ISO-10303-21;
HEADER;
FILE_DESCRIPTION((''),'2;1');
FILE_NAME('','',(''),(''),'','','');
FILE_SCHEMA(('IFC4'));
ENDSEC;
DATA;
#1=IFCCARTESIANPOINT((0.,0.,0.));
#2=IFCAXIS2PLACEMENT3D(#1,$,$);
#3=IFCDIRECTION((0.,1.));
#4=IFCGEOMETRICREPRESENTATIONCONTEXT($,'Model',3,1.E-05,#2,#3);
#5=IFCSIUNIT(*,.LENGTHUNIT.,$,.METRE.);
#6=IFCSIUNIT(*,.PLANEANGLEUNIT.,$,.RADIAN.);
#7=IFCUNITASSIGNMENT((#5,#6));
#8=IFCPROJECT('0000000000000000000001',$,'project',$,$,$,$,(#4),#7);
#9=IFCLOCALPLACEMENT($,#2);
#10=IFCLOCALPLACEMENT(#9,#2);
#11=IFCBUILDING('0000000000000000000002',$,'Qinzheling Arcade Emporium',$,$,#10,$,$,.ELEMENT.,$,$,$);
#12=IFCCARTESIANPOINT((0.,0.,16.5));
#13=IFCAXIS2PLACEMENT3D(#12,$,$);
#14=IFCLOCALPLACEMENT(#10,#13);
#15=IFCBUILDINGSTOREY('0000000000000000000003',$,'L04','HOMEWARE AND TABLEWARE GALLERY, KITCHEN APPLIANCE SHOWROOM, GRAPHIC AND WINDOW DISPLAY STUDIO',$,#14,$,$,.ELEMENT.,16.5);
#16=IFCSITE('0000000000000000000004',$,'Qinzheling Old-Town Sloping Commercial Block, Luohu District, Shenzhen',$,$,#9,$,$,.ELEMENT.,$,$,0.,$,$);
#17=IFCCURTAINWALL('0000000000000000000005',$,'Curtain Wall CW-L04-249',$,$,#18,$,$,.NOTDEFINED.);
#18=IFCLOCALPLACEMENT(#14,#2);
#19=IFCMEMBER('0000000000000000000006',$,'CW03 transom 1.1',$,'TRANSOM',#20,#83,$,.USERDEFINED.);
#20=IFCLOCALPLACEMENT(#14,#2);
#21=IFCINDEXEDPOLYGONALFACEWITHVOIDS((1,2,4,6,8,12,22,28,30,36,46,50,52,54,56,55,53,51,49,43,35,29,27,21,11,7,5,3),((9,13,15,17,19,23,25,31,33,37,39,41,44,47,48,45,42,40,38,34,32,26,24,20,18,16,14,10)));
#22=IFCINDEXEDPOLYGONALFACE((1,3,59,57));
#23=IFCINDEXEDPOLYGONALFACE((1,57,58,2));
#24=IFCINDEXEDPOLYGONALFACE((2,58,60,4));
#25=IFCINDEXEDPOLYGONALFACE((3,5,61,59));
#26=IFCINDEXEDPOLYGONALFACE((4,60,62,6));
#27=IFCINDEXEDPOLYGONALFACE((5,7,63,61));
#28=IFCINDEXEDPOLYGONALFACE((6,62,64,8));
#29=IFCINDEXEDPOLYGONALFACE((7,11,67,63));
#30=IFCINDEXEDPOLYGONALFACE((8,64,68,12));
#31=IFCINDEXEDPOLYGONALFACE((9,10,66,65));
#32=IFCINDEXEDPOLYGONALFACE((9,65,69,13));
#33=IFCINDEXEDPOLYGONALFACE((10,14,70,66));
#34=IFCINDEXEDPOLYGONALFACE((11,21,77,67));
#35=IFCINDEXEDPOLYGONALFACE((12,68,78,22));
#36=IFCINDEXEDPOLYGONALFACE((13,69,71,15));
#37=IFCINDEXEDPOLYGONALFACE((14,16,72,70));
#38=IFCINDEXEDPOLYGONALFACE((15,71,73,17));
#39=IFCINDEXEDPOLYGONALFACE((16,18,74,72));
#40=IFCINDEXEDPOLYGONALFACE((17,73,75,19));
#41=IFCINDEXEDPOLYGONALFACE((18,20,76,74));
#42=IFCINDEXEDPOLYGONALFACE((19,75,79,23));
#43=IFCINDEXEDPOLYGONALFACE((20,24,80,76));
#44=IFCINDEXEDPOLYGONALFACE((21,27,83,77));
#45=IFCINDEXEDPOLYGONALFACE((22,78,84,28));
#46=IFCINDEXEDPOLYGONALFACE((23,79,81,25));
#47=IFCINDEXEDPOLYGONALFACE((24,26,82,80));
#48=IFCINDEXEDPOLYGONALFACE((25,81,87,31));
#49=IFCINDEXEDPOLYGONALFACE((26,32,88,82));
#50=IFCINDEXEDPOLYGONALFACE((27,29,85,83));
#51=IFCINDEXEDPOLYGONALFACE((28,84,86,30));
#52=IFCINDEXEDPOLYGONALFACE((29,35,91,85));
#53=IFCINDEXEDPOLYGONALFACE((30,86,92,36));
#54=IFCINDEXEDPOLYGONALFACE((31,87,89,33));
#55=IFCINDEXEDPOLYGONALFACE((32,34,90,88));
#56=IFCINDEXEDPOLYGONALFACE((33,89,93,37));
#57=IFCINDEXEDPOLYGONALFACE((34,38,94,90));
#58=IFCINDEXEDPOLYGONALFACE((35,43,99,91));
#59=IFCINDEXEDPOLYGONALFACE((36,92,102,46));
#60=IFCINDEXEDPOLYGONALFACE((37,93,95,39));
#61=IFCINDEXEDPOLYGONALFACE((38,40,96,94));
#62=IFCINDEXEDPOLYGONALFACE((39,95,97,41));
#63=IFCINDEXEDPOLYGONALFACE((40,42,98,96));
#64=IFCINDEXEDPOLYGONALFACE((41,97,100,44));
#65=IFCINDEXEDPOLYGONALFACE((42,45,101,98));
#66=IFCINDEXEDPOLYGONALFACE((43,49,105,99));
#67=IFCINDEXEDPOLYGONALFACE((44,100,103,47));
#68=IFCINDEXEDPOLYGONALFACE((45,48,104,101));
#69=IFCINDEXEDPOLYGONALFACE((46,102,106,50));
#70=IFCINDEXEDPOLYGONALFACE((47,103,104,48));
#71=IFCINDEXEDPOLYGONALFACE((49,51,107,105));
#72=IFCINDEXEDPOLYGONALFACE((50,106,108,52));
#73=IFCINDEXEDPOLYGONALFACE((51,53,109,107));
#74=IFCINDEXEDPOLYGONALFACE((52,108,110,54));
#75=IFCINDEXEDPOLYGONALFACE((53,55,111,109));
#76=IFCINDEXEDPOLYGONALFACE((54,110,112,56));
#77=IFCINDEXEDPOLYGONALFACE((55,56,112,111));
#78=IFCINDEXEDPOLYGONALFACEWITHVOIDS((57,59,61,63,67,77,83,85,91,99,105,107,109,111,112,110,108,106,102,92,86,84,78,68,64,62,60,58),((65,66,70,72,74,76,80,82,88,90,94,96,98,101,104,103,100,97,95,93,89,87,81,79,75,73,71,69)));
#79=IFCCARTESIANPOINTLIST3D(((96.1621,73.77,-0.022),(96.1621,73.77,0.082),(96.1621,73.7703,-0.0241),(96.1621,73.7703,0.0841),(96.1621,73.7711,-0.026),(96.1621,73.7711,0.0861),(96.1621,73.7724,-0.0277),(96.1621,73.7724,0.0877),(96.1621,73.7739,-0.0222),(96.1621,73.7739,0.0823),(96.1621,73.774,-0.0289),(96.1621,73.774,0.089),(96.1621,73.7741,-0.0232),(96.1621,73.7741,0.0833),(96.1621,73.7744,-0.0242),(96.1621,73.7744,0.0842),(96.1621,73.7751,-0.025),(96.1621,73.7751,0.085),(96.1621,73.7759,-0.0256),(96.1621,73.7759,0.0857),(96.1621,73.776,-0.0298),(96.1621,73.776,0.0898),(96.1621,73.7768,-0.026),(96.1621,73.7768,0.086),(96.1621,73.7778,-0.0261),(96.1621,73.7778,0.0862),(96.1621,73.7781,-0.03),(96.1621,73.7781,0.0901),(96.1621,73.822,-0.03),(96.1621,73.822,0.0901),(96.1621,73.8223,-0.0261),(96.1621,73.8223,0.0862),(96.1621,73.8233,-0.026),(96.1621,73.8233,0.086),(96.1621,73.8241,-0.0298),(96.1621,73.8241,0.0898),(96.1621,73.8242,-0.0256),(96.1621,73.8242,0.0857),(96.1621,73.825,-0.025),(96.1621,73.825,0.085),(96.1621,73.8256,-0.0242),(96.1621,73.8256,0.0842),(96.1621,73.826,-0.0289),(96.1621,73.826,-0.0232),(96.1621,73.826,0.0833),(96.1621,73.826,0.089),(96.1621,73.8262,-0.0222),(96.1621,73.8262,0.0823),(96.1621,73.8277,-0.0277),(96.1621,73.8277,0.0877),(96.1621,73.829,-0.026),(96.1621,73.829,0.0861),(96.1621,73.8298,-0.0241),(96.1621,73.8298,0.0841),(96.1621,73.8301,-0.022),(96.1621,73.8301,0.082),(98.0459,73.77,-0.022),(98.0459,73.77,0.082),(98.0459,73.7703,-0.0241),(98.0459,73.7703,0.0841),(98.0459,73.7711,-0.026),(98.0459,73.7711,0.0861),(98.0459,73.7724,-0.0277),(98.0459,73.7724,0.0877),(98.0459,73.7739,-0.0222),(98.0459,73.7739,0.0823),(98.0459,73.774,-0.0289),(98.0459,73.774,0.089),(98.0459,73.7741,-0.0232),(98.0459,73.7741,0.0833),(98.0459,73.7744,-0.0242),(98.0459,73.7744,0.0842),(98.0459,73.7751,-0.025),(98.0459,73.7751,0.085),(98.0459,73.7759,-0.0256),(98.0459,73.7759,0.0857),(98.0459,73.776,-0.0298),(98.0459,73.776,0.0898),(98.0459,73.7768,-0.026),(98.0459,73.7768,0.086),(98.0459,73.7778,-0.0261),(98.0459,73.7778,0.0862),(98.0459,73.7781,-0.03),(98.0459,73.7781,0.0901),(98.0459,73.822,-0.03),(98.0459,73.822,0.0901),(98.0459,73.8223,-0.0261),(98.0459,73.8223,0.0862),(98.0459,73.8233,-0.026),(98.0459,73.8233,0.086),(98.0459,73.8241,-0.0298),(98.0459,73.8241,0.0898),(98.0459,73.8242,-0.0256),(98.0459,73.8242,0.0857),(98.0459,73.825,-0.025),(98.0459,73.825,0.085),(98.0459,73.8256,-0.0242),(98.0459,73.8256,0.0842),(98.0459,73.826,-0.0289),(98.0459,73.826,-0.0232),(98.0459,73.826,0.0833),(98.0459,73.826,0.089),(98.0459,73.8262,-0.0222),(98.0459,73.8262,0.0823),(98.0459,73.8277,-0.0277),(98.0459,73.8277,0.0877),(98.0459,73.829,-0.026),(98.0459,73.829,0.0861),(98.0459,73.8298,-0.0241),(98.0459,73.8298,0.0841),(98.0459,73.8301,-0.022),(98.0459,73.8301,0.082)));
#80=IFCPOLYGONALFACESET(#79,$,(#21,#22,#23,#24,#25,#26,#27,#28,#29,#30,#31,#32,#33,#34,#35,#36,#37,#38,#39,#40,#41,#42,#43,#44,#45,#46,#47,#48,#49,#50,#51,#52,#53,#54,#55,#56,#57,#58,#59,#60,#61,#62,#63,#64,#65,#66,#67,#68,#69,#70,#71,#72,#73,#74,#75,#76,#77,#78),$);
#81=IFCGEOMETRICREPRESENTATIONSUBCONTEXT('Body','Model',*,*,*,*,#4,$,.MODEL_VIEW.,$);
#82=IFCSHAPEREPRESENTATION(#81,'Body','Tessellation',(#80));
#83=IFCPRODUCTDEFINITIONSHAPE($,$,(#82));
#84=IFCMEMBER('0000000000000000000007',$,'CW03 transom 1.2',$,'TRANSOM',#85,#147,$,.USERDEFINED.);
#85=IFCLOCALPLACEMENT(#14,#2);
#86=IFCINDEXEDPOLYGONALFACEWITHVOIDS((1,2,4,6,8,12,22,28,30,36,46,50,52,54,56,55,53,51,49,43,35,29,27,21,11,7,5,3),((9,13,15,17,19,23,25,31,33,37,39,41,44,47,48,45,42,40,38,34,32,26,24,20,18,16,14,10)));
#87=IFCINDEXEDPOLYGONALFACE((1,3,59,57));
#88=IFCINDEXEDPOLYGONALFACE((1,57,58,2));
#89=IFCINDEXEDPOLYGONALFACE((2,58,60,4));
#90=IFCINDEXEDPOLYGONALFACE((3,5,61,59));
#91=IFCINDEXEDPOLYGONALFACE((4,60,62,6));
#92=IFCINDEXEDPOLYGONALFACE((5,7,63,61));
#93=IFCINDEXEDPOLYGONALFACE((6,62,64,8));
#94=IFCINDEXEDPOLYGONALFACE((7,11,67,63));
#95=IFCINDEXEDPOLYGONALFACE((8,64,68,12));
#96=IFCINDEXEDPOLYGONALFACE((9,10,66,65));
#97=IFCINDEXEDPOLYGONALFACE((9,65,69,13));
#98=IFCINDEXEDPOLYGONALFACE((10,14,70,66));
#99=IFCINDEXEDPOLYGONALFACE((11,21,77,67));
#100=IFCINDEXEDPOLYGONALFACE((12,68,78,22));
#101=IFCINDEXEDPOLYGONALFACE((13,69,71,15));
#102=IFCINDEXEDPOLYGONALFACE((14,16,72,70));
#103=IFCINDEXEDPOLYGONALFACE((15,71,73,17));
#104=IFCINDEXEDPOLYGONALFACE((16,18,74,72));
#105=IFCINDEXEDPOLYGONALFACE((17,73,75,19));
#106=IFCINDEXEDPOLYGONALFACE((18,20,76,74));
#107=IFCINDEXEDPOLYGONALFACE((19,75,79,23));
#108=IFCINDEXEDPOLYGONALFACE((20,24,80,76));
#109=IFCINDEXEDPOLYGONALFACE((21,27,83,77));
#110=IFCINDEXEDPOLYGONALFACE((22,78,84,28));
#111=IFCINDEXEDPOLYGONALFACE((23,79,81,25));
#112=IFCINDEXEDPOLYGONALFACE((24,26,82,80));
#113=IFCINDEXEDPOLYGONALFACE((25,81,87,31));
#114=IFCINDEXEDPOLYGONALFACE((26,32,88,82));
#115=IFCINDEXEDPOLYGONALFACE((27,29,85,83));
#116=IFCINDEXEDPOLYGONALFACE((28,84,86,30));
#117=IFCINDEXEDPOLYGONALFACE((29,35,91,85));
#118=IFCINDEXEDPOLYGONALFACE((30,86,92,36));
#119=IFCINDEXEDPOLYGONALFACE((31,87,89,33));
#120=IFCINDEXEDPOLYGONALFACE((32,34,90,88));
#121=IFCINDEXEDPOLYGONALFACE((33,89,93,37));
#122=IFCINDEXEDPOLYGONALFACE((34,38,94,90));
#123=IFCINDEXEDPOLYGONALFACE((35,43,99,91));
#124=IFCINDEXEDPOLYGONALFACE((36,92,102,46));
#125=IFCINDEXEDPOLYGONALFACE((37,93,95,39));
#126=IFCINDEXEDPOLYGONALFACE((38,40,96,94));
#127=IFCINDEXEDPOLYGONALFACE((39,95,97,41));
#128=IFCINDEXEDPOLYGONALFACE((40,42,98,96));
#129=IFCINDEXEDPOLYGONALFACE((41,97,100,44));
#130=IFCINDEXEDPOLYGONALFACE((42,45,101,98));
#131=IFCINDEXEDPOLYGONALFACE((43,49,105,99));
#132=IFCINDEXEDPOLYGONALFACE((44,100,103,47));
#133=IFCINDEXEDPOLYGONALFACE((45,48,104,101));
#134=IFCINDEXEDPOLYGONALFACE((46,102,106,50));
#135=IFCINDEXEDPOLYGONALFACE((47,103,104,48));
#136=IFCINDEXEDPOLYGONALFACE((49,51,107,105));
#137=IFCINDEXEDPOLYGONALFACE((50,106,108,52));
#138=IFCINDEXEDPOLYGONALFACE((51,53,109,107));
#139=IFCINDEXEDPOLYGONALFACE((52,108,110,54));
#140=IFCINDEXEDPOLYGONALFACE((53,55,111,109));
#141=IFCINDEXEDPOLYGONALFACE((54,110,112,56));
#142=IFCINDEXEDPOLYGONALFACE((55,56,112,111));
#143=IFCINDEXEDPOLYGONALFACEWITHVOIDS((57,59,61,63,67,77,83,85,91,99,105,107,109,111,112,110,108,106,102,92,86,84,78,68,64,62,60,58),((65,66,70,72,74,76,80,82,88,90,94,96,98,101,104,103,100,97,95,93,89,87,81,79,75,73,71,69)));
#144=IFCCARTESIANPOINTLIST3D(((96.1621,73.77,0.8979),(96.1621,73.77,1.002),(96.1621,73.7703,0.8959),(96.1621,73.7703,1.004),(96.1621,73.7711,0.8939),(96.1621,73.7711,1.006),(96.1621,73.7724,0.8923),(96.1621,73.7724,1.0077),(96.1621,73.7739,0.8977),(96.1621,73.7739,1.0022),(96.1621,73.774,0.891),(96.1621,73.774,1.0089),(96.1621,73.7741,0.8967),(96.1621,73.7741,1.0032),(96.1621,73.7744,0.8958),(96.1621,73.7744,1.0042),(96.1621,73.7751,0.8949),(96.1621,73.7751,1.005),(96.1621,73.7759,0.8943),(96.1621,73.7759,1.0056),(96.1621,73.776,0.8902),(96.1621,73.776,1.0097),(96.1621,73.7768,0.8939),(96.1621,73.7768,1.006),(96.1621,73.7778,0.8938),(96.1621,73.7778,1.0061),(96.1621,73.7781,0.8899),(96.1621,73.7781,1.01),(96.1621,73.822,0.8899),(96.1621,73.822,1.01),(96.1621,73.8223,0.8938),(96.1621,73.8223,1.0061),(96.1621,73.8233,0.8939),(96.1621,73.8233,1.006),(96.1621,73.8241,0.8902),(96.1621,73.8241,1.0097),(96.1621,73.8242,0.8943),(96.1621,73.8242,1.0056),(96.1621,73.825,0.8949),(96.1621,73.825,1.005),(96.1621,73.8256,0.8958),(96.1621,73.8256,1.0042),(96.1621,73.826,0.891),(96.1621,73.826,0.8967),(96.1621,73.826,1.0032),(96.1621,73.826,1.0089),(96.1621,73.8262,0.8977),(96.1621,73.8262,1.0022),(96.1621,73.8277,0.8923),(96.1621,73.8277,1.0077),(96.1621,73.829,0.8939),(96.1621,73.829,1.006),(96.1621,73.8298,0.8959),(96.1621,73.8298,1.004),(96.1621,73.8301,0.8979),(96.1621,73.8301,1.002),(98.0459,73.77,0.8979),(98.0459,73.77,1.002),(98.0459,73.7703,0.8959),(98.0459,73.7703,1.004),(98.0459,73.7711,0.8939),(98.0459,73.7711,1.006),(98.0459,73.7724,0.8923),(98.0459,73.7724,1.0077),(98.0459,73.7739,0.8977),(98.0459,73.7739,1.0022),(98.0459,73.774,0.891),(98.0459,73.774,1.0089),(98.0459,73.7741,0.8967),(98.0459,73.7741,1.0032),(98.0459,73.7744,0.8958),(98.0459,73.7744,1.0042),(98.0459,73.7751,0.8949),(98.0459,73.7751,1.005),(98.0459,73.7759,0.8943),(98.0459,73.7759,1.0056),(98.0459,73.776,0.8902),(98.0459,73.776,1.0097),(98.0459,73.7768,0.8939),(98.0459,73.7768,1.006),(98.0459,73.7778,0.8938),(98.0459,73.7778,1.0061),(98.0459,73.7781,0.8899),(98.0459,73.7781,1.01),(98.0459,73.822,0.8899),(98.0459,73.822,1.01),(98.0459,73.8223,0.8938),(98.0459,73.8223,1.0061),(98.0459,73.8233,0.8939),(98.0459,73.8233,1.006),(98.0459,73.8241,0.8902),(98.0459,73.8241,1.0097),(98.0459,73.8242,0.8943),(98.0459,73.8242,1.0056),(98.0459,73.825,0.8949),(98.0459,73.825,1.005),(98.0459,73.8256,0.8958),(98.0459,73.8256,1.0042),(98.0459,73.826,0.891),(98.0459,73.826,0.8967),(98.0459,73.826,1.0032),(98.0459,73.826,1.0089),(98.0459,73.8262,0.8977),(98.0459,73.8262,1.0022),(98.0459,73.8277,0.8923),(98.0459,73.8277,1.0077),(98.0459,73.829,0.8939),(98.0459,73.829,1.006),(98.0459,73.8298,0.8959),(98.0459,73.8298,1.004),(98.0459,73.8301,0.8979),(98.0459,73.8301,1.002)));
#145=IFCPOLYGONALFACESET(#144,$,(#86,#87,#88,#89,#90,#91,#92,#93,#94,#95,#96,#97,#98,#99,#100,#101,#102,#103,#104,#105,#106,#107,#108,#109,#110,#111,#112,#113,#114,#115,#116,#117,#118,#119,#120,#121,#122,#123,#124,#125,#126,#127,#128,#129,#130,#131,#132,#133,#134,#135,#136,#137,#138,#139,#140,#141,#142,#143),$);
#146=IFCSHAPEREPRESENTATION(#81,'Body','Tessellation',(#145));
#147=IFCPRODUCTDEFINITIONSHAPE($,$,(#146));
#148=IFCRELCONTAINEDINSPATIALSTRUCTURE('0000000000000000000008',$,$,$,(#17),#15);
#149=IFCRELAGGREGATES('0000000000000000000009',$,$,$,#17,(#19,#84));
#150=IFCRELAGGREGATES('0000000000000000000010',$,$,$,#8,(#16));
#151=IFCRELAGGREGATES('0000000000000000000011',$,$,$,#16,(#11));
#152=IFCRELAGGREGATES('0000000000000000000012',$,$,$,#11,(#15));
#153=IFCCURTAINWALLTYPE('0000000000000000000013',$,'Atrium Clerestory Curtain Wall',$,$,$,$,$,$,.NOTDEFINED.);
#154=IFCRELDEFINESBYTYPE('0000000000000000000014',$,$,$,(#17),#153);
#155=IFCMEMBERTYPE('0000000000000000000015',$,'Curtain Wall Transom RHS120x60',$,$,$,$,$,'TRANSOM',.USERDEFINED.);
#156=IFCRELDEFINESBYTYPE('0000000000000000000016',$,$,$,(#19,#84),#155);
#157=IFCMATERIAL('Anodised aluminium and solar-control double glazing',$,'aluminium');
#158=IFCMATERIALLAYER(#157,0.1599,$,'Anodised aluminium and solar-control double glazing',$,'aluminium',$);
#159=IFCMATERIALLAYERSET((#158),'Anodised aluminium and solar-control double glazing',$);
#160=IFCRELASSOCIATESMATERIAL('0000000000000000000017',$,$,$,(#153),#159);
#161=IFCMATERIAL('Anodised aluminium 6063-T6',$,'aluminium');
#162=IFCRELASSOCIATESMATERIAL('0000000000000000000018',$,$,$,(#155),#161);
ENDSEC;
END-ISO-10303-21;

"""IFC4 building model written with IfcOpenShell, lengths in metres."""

from ifc_helpers import new_model, si_unit, direction, frame, origin, origin_2d, place, context, subcontext, project, spatial, hollow_rectangle, extrude, material, layer, layer_set, material_profile, profile_set, type_object, element, aggregate, save


model = new_model("IFC4")

# Units and contexts
model_context = context("Model", 3, precision=1e-05, world=origin(), true_north=direction((0.0, 1.0)))
body_context = subcontext(model_context, "Body", "Model", "MODEL_VIEW")
ifc_project = project(units=[si_unit("LENGTHUNIT", "METRE"), si_unit("PLANEANGLEUNIT", "RADIAN")], contexts=[model_context])

# Site, building, storey
site_placement = place(None, origin())
site = spatial("IfcSite", under=ifc_project, at=site_placement, Name="Qinzheling Old-Town Sloping Commercial Block, Luohu District, Shenzhen", CompositionType="ELEMENT", RefElevation=0.0)
building_placement = place(site_placement, origin())
building = spatial("IfcBuilding", under=site, at=building_placement, Name="Qinzheling Arcade Emporium", CompositionType="ELEMENT")
storey_placement = place(building_placement, frame((0.0, 0.0, 16.5)))
storey = spatial("IfcBuildingStorey", under=building, at=storey_placement, Name="L04", Description="HOMEWARE AND TABLEWARE GALLERY, KITCHEN APPLIANCE SHOWROOM, GRAPHIC AND WINDOW DISPLAY STUDIO", CompositionType="ELEMENT", Elevation=16.5)

# Shared definitions
ifc_material_1 = material(Name="Anodised aluminium and solar-control double glazing", Category="aluminium")
ifc_layer_1 = layer(ifc_material_1, 0.1599, Name="Anodised aluminium and solar-control double glazing", Category="aluminium")
ifc_layer_set_1 = layer_set([ifc_layer_1], Name="Anodised aluminium and solar-control double glazing")
curtain_wall_type = type_object("IfcCurtainWallType", Name="Atrium Clerestory Curtain Wall", PredefinedType="NOTDEFINED", material=ifc_layer_set_1)
ifc_material_2 = material(Name="Anodised aluminium 6063-T6", Category="aluminium")

# Curtain wall, members
curtain_wall_1_placement = place(storey_placement, origin())
curtain_wall_1 = element("IfcCurtainWall", 1, at=curtain_wall_1_placement, inside=storey, type_object=curtain_wall_type, Name="Curtain Wall CW-L04-249", PredefinedType="NOTDEFINED")
ifc_material_profile_1 = material_profile(ifc_material_2, hollow_rectangle(XDim=0.0601, YDim=0.1201, WallThickness=0.0039, InnerFilletRadius=0.0039, OuterFilletRadius=0.0081, at=origin_2d()), Name="RHS 120x60x4", Category="aluminium")
ifc_profile_set_1 = profile_set([ifc_material_profile_1], Name="Anodised aluminium 6063-T6")
member_type_1 = type_object("IfcMemberType", Name="Curtain Wall Transom RHS120x60", ElementType="TRANSOM", PredefinedType="USERDEFINED", material=ifc_profile_set_1)
member_1_placement = place(storey_placement, frame((96.1621, 73.8, 0.03), z_axis=(1.0, 0.0, 0.0), x_axis=(0.0, 1.0, 0.0)))
member_1 = element("IfcMember", 2, at=member_1_placement, type_object=member_type_1, Name="CW03 transom 1.1", ObjectType="TRANSOM", PredefinedType="USERDEFINED", context=body_context, shape_type="SweptSolid", body=[
    extrude(hollow_rectangle(XDim=0.0601, YDim=0.1201, WallThickness=0.0039, InnerFilletRadius=0.0039, OuterFilletRadius=0.0081, at=origin_2d()), origin(), (0.0, 0.0, 1.0), 1.8838),
])
member_2_placement = place(storey_placement, frame((96.1621, 73.8, 0.95), z_axis=(1.0, 0.0, 0.0), x_axis=(0.0, 1.0, 0.0)))
member_2 = element("IfcMember", 3, at=member_2_placement, type_object=member_type_1, Name="CW03 transom 1.2", ObjectType="TRANSOM", PredefinedType="USERDEFINED", context=body_context, shape_type="SweptSolid", body=[
    extrude(hollow_rectangle(XDim=0.0601, YDim=0.1201, WallThickness=0.0039, InnerFilletRadius=0.0039, OuterFilletRadius=0.0081, at=origin_2d()), origin(), (0.0, 0.0, 1.0), 1.8838),
])

aggregate(curtain_wall_1, [member_1, member_2])

save(model, "model.ifc")
